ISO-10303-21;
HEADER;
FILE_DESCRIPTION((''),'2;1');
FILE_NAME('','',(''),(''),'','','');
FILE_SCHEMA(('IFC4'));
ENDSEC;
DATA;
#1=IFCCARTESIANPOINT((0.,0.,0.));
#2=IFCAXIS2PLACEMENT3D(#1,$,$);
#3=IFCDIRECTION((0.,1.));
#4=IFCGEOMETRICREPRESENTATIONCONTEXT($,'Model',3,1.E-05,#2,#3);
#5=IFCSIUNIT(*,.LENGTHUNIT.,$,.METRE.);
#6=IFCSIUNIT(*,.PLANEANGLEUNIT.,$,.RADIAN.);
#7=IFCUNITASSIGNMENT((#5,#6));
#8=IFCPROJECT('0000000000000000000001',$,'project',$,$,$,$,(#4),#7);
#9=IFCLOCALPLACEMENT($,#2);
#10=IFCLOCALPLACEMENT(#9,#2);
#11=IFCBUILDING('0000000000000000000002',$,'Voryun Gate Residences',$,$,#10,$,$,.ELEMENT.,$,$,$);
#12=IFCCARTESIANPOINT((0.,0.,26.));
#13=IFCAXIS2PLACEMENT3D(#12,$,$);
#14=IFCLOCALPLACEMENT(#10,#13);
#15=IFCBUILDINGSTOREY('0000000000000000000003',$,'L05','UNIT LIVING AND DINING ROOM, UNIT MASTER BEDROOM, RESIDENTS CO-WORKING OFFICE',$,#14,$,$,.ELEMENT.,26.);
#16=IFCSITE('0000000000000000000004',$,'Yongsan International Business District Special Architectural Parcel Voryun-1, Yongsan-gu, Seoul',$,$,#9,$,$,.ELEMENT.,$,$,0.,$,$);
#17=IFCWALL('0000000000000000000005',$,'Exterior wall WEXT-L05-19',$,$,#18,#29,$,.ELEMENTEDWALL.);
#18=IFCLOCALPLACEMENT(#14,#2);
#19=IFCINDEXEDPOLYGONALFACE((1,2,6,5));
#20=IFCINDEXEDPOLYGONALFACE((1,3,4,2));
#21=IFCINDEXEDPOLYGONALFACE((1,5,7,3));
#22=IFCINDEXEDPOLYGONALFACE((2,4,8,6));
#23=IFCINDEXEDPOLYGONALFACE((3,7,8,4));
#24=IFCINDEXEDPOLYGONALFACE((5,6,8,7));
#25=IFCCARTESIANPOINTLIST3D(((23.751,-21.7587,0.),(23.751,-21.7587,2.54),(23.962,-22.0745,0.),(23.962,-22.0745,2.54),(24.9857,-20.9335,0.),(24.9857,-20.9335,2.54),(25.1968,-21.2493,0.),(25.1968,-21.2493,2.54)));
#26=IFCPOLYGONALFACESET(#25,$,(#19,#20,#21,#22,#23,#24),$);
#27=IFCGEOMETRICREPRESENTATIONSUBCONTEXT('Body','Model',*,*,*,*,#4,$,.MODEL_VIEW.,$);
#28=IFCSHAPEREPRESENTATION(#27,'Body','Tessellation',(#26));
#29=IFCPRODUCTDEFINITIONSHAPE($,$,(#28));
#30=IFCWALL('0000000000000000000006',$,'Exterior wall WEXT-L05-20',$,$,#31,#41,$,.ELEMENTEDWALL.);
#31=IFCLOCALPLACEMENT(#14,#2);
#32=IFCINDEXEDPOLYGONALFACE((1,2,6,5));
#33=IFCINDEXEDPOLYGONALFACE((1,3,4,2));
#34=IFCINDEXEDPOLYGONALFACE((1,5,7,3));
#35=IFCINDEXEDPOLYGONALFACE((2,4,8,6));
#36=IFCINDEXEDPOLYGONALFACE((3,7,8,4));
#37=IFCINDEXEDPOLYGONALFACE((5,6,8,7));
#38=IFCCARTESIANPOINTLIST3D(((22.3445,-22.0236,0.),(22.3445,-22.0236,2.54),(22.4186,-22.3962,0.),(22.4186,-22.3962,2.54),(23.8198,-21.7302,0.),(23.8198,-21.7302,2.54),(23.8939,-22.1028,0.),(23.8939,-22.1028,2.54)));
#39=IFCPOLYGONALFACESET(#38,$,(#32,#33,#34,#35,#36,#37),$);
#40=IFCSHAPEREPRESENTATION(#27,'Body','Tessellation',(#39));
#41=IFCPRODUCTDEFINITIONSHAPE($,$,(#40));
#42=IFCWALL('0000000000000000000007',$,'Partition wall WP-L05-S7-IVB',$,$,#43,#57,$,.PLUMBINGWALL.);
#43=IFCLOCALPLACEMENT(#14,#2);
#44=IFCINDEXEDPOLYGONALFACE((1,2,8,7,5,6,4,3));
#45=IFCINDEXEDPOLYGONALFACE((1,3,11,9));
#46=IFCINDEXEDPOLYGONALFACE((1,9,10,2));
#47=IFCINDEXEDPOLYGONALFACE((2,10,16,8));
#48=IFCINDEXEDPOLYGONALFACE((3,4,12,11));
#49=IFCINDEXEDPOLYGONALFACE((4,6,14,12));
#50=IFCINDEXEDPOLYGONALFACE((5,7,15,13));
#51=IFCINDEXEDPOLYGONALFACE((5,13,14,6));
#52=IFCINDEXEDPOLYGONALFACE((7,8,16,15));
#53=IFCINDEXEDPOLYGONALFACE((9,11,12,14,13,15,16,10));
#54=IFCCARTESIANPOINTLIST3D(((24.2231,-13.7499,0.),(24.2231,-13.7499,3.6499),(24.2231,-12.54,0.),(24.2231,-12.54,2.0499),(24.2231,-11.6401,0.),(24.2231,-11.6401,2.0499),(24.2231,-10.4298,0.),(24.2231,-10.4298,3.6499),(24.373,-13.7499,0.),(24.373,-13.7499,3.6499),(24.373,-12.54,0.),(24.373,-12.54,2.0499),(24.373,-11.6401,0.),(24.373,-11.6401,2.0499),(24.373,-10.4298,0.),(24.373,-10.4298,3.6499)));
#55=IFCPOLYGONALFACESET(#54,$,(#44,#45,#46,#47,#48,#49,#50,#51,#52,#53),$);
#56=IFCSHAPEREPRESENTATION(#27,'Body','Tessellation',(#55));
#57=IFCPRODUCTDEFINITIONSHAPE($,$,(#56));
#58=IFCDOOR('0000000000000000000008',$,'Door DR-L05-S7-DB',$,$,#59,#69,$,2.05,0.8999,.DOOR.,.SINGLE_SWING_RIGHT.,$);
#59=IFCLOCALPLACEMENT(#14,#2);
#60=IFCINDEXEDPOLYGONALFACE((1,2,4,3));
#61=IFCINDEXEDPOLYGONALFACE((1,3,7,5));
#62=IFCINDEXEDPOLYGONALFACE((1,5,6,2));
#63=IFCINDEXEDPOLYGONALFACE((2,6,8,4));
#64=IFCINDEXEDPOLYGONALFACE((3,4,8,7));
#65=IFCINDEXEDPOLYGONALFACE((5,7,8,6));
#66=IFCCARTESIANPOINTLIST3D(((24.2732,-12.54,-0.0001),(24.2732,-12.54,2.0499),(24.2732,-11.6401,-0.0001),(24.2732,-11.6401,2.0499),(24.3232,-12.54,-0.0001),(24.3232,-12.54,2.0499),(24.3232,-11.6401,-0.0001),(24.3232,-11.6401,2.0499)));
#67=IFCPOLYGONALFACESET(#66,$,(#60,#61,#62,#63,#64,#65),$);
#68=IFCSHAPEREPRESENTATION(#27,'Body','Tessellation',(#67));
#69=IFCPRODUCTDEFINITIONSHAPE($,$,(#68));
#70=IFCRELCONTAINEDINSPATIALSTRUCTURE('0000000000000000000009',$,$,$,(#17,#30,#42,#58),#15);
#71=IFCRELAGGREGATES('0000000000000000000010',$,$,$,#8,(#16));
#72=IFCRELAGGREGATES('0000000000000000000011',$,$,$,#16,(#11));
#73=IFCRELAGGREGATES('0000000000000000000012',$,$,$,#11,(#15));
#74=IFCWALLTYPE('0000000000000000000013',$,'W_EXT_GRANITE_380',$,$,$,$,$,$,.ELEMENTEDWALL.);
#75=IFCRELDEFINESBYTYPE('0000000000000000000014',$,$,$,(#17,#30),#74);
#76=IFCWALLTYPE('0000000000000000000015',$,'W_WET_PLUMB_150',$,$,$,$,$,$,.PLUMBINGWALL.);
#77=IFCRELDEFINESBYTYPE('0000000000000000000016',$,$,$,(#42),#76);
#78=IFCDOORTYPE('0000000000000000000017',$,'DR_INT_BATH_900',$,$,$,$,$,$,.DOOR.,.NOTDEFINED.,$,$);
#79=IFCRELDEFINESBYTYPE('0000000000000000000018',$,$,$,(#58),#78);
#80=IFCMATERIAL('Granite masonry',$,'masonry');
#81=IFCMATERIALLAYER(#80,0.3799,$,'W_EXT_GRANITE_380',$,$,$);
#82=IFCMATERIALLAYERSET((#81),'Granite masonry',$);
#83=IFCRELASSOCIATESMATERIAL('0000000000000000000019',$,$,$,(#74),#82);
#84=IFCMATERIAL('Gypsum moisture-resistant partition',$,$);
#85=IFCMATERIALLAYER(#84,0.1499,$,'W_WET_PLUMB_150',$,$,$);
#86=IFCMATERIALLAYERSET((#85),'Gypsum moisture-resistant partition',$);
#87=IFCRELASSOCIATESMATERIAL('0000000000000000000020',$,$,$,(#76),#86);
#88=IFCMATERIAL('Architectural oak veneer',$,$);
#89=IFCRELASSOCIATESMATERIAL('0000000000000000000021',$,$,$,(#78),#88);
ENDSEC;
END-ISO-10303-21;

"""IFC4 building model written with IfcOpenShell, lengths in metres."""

from ifc_helpers import new_model, si_unit, direction, frame, frame_2d, origin, place, context, subcontext, project, spatial, rectangle, extrude, material, layer, layer_set, type_object, element, fill, save


model = new_model("IFC4")

# Units and contexts
model_context = context("Model", 3, precision=1e-05, world=origin(), true_north=direction((0.0, 1.0)))
body_context = subcontext(model_context, "Body", "Model", "MODEL_VIEW")
ifc_project = project(units=[si_unit("LENGTHUNIT", "METRE"), si_unit("PLANEANGLEUNIT", "RADIAN")], contexts=[model_context])

# Site, building, storey
site_placement = place(None, origin())
site = spatial("IfcSite", under=ifc_project, at=site_placement, Name="Yongsan International Business District Special Architectural Parcel Voryun-1, Yongsan-gu, Seoul", CompositionType="ELEMENT", RefElevation=0.0)
building_placement = place(site_placement, origin())
building = spatial("IfcBuilding", under=site, at=building_placement, Name="Voryun Gate Residences", CompositionType="ELEMENT")
storey_placement = place(building_placement, frame((0.0, 0.0, 26.0)))
storey = spatial("IfcBuildingStorey", under=building, at=storey_placement, Name="L05", Description="UNIT LIVING AND DINING ROOM, UNIT MASTER BEDROOM, RESIDENTS CO-WORKING OFFICE", CompositionType="ELEMENT", Elevation=26.0)

# Walls
ifc_material_1 = material(Name="Granite masonry", Category="masonry")
ifc_layer_1 = layer(ifc_material_1, 0.3799, Name="W_EXT_GRANITE_380")
ifc_layer_set_1 = layer_set([ifc_layer_1], Name="Granite masonry")
wall_type_1 = type_object("IfcWallType", Name="W_EXT_GRANITE_380", PredefinedType="ELEMENTEDWALL", material=ifc_layer_set_1)
wall_1_placement = place(storey_placement, frame((25.0913, -21.0913, 0.0), z_axis=(0.0, 0.0, 1.0), x_axis=(-0.831392, -0.555686, 0.0)))
element("IfcWall", 1, at=wall_1_placement, inside=storey, type_object=wall_type_1, Name="Exterior wall WEXT-L05-19", PredefinedType="ELEMENTEDWALL", context=body_context, shape_type="SweptSolid", body=[
    extrude(rectangle(XDim=1.4851, YDim=0.3799, at=frame_2d((0.7427, 0.0))), origin(), (0.0, 0.0, 1.0), 2.54),
])
wall_2_placement = place(storey_placement, frame((23.8567, -21.9165, 0.0), z_axis=(0.0, 0.0, 1.0), x_axis=(-0.980786, -0.195086, 0.0)))
element("IfcWall", 2, at=wall_2_placement, inside=storey, type_object=wall_type_1, Name="Exterior wall WEXT-L05-20", PredefinedType="ELEMENTEDWALL", context=body_context, shape_type="SweptSolid", body=[
    extrude(rectangle(XDim=1.5042, YDim=0.3799, at=frame_2d((0.752, 0.0))), origin(), (0.0, 0.0, 1.0), 2.54),
])

# Wall, opening, door
ifc_material_2 = material(Name="Gypsum moisture-resistant partition")
ifc_layer_2 = layer(ifc_material_2, 0.1499, Name="W_WET_PLUMB_150")
ifc_layer_set_2 = layer_set([ifc_layer_2], Name="Gypsum moisture-resistant partition")
wall_type_2 = type_object("IfcWallType", Name="W_WET_PLUMB_150", PredefinedType="PLUMBINGWALL", material=ifc_layer_set_2)
wall_3_placement = place(storey_placement, frame((24.2981, -13.75, 0.0), z_axis=(0.0, 0.0, 1.0), x_axis=(0.0, 1.0, 0.0)))
wall_3 = element("IfcWall", 3, at=wall_3_placement, inside=storey, type_object=wall_type_2, Name="Partition wall WP-L05-S7-IVB", PredefinedType="PLUMBINGWALL", context=body_context, shape_type="SweptSolid", body=[
    extrude(rectangle(XDim=3.3201, YDim=0.1499, at=frame_2d((1.6602, 0.0))), origin(), (0.0, 0.0, 1.0), 3.6499),
])
opening_placement = place(wall_3_placement, frame((1.21, 0.0, 0.0)))
opening = element("IfcOpeningElement", 4, at=opening_placement, cuts=wall_3, PredefinedType="OPENING", context=body_context, shape_type="SweptSolid", body=[
    extrude(rectangle(XDim=0.8999, YDim=2.05, at=frame_2d((0.45, 1.0249))), frame((0.0, 0.085, 0.0), z_axis=(0.0, -1.0, 0.0), x_axis=(1.0, 0.0, 0.0)), (0.0, 0.0, 1.0), 0.1699),
])
ifc_material_3 = material(Name="Architectural oak veneer")
door_type = type_object("IfcDoorType", Name="DR_INT_BATH_900", OperationType="NOTDEFINED", PredefinedType="DOOR", material=ifc_material_3)
door_placement = place(opening_placement, origin())
door = element("IfcDoor", 5, at=door_placement, inside=storey, type_object=door_type, Name="Door DR-L05-S7-DB", OperationType="SINGLE_SWING_RIGHT", OverallHeight=2.05, OverallWidth=0.8999, PredefinedType="DOOR", context=body_context, shape_type="SweptSolid", body=[
    extrude(rectangle(XDim=0.8999, YDim=2.05, at=frame_2d((0.45, 1.0249))), frame((0.0, 0.0249, 0.0), z_axis=(0.0, -1.0, 0.0), x_axis=(1.0, 0.0, 0.0)), (0.0, 0.0, 1.0), 0.05),
])
fill(opening, door)

save(model, "model.ifc")
